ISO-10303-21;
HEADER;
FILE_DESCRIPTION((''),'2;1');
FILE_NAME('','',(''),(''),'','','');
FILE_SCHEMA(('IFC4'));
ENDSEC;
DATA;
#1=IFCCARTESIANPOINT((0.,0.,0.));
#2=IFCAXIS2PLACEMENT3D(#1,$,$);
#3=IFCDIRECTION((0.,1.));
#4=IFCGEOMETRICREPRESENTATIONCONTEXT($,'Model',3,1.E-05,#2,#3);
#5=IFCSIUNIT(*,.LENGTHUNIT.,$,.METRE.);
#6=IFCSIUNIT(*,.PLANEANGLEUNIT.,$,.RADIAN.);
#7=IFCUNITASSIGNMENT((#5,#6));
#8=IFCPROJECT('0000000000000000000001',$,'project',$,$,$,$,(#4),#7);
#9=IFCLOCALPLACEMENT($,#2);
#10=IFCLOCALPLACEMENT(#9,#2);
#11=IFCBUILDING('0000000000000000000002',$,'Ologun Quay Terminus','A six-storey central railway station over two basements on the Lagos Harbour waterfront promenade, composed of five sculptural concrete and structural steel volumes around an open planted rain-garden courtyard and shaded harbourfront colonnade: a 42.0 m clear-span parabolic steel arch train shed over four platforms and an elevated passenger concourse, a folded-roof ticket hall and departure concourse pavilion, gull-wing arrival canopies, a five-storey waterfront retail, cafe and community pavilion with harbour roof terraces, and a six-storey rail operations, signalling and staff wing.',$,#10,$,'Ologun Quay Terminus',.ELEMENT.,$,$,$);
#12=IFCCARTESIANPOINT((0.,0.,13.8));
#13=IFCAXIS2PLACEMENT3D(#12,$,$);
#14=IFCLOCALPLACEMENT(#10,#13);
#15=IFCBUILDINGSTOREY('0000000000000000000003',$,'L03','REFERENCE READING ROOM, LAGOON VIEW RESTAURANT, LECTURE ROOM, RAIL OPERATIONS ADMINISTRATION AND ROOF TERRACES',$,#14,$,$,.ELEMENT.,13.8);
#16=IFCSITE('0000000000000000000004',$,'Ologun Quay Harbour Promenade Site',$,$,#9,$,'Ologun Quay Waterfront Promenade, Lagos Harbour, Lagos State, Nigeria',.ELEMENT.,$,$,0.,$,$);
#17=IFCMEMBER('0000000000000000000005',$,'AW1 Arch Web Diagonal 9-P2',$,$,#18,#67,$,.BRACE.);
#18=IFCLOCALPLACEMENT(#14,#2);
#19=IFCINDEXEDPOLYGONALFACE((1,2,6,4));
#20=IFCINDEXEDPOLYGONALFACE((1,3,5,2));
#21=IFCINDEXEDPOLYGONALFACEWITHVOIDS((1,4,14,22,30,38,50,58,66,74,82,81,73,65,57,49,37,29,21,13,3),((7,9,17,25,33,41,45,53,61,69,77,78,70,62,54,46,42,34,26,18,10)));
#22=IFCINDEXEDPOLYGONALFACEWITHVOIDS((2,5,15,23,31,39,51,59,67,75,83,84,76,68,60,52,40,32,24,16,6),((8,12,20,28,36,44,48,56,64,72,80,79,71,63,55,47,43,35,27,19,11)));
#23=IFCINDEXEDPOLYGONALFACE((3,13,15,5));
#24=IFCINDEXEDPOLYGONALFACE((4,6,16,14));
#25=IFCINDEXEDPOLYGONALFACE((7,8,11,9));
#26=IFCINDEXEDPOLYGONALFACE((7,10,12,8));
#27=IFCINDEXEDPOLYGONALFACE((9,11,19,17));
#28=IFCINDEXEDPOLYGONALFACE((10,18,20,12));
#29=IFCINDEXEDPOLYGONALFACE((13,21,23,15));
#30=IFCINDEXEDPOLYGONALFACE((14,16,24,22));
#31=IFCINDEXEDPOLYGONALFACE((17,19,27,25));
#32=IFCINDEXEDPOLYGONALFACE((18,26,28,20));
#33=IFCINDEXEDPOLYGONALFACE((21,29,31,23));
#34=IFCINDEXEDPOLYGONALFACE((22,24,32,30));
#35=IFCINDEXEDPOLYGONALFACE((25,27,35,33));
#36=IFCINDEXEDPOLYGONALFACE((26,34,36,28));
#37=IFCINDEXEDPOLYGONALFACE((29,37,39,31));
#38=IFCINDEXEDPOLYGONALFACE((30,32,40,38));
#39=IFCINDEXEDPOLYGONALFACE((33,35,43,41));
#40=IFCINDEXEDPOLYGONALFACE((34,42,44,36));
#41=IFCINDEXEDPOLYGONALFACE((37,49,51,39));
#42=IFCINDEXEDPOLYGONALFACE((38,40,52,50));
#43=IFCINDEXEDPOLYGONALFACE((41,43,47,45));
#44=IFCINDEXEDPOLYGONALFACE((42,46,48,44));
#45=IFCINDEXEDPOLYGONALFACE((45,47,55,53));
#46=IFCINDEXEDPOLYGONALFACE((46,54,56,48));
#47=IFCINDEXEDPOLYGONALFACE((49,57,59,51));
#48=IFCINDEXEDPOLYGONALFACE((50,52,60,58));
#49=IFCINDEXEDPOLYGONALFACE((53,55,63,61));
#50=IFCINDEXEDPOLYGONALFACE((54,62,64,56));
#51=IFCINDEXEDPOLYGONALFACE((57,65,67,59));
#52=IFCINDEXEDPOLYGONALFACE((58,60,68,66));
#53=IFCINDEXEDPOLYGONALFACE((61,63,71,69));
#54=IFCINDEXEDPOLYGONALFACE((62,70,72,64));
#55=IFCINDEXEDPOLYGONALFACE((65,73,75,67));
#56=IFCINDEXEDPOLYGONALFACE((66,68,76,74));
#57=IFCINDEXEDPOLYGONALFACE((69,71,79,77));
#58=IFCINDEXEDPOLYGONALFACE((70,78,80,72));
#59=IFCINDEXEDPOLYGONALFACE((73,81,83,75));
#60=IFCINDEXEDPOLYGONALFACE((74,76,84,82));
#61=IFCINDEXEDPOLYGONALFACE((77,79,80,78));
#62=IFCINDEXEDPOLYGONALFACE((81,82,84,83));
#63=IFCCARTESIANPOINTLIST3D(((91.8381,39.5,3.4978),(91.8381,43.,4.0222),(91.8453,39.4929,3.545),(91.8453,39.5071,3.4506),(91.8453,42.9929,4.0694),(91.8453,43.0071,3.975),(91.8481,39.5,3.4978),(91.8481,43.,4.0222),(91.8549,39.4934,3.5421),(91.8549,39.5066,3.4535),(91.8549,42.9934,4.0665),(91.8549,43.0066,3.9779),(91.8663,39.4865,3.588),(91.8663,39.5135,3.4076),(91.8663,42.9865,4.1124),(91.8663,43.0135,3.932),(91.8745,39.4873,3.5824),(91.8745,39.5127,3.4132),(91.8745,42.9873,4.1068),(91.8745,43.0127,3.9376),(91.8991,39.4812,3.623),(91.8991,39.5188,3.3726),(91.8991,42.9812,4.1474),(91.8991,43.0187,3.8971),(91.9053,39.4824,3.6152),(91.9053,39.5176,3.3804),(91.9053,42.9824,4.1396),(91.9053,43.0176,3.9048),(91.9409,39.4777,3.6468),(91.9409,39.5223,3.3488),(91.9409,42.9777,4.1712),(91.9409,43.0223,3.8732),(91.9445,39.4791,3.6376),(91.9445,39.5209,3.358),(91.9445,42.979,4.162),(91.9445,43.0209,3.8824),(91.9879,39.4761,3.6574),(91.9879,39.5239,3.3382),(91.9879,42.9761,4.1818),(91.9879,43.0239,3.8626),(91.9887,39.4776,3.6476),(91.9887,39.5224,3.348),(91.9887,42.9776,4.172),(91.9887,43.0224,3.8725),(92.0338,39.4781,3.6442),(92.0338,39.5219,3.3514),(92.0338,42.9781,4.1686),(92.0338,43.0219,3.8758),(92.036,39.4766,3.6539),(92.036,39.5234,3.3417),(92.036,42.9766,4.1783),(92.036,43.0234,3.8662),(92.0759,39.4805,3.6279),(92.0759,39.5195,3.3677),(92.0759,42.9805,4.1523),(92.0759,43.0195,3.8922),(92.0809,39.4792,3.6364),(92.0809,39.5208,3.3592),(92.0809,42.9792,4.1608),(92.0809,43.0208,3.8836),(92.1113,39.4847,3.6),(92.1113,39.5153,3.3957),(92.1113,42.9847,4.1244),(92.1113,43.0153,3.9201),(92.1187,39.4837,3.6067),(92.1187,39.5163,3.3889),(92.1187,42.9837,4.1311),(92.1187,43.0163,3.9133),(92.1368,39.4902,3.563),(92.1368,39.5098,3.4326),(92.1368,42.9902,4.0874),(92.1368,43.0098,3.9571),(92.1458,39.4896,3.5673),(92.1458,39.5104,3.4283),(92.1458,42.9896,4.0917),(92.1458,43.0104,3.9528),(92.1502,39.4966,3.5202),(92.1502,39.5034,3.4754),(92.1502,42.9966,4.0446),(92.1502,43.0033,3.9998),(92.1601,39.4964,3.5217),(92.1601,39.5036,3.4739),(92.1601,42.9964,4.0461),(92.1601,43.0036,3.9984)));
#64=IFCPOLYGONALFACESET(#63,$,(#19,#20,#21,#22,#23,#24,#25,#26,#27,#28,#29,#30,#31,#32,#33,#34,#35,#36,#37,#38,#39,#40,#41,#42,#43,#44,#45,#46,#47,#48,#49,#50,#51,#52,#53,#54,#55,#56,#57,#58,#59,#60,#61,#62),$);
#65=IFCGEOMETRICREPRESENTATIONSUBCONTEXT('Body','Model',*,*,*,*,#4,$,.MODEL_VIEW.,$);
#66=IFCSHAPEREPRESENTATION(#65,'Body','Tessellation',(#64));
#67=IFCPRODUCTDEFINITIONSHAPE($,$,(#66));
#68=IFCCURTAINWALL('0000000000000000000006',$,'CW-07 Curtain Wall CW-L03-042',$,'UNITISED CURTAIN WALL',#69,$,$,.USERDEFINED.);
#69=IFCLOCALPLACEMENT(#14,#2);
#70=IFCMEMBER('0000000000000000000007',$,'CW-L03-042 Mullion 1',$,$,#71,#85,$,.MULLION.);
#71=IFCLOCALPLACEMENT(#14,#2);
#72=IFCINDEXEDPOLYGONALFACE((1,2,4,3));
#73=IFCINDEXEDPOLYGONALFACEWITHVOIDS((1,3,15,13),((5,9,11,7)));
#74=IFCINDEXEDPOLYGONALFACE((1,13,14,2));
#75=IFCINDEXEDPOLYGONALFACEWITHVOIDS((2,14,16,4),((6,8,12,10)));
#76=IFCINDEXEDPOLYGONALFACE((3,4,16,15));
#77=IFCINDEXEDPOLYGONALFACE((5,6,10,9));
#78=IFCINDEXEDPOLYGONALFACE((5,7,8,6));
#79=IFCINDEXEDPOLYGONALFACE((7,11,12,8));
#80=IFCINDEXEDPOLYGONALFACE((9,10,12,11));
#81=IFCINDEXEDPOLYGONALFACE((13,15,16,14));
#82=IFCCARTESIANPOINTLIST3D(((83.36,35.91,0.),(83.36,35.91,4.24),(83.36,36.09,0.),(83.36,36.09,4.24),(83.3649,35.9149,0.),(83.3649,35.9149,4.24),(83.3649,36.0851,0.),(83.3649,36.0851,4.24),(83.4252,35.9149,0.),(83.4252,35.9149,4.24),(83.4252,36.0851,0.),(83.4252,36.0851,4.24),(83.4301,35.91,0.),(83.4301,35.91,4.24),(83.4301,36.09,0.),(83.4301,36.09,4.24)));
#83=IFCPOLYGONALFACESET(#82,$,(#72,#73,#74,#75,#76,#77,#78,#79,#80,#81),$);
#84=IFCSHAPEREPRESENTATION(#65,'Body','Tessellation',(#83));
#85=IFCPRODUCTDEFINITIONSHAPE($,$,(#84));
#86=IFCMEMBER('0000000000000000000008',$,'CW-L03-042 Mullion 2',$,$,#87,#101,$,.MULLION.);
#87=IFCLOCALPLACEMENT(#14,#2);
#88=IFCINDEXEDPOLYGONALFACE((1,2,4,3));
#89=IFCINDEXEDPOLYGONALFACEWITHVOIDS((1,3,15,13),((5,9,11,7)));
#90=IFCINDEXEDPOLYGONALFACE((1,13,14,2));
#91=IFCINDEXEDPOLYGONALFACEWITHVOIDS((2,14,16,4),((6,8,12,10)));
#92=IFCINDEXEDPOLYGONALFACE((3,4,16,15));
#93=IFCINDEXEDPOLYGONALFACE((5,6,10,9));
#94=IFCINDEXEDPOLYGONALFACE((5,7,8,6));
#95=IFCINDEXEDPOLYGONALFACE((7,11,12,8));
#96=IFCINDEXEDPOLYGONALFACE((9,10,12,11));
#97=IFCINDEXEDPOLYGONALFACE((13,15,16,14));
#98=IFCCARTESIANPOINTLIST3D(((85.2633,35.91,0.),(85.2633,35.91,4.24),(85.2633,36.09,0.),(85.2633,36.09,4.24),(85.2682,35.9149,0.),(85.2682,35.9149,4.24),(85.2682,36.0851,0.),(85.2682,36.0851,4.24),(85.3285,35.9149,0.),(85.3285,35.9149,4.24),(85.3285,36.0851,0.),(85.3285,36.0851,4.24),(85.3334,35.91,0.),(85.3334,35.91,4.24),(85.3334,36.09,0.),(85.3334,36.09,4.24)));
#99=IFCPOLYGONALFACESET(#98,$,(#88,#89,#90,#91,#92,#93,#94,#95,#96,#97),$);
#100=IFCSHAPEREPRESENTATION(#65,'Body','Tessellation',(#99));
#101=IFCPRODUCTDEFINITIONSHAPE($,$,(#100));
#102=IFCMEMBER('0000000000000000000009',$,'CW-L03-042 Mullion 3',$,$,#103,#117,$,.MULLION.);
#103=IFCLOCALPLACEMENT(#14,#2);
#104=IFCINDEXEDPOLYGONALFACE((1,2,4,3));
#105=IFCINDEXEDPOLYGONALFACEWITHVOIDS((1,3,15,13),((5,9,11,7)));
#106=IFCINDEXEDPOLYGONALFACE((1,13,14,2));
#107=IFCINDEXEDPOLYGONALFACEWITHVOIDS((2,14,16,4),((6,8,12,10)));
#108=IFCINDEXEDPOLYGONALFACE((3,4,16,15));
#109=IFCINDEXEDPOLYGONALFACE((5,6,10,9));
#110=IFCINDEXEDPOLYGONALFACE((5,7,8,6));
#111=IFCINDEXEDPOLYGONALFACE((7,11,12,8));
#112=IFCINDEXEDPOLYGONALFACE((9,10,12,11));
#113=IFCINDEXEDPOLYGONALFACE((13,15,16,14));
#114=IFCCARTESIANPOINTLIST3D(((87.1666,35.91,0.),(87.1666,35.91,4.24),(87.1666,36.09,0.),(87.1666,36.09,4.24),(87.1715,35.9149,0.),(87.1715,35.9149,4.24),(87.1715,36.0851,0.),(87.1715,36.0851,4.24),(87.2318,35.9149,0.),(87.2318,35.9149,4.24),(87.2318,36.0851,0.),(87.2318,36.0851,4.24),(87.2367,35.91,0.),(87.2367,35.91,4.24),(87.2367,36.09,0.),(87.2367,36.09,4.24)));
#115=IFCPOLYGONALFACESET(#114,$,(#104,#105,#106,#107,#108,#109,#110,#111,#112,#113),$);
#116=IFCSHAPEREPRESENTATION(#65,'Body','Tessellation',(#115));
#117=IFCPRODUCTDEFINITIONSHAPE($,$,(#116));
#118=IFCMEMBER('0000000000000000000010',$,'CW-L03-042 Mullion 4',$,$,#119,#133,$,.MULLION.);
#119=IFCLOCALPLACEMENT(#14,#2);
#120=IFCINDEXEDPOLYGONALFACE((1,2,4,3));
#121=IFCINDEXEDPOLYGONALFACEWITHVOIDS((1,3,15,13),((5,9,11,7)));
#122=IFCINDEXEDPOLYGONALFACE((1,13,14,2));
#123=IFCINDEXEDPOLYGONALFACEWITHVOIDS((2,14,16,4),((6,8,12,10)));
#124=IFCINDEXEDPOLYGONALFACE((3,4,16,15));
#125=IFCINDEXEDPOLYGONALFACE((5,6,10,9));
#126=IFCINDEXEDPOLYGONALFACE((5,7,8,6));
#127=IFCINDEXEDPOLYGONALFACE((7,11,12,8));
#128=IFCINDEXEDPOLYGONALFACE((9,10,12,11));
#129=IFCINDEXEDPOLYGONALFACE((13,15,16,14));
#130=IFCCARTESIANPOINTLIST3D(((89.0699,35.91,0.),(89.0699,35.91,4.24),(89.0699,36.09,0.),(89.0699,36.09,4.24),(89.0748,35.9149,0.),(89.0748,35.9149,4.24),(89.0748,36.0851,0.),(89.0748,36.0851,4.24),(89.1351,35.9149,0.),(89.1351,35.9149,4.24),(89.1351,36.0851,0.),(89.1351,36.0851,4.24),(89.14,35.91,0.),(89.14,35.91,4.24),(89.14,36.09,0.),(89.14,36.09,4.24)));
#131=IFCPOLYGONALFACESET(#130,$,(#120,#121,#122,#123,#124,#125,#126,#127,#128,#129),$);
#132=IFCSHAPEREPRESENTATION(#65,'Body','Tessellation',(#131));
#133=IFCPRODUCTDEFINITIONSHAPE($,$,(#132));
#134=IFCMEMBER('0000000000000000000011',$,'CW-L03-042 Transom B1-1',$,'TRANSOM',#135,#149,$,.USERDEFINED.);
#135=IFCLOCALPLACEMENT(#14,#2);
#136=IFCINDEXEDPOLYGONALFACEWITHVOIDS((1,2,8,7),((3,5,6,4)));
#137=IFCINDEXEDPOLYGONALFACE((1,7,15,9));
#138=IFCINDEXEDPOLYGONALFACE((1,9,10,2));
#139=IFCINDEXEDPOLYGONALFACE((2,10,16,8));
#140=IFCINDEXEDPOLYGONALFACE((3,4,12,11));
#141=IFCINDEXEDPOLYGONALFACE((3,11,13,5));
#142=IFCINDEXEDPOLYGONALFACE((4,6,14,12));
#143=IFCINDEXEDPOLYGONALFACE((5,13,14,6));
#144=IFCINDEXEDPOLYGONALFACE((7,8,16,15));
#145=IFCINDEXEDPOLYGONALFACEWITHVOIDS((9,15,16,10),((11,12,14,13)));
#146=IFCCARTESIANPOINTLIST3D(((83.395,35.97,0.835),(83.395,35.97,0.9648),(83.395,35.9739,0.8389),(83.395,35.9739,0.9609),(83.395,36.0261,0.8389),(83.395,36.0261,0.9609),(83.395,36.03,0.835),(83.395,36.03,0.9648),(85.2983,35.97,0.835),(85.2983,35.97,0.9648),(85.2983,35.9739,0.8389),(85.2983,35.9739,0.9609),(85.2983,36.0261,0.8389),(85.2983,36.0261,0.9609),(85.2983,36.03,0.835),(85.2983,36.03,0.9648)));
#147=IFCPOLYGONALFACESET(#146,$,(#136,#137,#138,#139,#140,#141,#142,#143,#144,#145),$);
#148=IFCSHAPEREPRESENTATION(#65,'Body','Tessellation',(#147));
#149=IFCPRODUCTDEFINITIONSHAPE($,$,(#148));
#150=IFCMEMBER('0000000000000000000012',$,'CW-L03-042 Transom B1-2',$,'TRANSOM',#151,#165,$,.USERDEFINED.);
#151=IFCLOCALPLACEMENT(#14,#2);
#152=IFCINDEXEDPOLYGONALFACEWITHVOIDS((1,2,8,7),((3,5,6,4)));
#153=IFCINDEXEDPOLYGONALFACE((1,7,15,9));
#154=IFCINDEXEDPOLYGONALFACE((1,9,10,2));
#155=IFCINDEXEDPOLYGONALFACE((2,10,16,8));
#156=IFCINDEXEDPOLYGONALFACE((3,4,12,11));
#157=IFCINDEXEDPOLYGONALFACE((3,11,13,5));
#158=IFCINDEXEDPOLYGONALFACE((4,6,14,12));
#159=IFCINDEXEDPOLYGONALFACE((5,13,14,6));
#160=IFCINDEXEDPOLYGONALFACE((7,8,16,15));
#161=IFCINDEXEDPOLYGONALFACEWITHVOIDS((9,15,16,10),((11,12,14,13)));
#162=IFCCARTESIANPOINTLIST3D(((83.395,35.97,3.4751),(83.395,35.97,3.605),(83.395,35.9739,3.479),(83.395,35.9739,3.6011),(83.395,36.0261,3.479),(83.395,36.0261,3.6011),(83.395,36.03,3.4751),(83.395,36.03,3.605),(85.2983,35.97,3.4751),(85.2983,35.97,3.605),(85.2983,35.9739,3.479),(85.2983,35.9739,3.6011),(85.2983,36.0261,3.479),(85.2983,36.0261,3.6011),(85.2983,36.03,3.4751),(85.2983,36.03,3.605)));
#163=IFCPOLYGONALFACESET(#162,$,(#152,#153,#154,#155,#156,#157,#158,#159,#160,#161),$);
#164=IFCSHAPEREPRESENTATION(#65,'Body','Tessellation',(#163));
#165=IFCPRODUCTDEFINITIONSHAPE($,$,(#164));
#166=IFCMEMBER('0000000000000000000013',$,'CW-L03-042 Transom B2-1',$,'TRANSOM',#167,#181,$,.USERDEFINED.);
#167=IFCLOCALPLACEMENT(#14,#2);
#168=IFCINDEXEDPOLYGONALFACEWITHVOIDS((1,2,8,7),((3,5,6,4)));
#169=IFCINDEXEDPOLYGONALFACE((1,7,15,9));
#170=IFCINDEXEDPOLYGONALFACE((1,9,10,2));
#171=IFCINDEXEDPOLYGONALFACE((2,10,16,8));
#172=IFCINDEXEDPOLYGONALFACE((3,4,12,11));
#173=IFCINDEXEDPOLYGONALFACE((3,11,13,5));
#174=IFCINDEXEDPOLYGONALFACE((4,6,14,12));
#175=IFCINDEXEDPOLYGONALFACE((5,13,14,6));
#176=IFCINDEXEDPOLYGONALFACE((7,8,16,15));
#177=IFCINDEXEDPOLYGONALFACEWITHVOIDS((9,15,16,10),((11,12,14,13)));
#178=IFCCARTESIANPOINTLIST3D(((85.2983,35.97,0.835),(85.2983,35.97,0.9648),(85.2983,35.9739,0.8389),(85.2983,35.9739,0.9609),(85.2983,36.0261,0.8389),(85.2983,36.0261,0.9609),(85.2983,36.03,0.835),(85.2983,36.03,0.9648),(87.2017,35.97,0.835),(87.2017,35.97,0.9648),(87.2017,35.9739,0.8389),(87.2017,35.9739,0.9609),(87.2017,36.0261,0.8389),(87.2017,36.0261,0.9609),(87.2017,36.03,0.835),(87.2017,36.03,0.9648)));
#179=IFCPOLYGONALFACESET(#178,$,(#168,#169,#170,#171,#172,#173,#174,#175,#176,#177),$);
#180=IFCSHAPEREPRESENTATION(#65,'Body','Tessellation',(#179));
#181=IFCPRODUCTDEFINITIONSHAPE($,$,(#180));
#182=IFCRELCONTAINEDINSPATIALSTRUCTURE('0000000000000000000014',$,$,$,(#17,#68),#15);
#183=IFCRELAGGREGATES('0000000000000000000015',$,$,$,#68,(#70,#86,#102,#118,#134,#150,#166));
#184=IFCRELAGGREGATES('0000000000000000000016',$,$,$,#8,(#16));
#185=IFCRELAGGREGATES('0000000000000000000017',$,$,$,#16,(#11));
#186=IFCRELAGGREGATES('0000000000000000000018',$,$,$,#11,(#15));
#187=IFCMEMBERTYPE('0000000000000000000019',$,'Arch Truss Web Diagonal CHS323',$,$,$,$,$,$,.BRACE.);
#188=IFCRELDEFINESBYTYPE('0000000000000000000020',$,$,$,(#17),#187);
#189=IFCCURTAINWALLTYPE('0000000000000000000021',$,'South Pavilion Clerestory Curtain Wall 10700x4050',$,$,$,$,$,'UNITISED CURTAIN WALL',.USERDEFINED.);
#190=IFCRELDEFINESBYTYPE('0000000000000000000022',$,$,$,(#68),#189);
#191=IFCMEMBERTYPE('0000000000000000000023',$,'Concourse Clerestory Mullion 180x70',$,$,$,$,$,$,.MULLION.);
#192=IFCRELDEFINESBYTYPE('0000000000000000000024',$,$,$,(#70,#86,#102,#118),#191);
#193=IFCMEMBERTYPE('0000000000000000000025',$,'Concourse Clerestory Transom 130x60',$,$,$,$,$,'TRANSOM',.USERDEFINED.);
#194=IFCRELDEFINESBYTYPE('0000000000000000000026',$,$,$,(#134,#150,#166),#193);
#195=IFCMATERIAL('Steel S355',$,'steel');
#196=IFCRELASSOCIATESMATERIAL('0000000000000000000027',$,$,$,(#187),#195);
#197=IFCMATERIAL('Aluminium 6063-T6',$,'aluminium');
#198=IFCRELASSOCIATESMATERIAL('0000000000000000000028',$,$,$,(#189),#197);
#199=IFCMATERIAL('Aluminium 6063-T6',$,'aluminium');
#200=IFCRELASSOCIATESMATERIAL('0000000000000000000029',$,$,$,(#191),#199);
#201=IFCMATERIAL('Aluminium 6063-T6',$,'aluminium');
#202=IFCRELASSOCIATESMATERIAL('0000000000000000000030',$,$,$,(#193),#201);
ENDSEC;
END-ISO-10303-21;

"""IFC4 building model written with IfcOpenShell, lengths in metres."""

from ifc_helpers import new_model, si_unit, direction, frame, origin, origin_2d, place, context, subcontext, project, spatial, hollow_rectangle, hollow_circle, extrude, material, material_profile, profile_set, type_object, element, aggregate, save


model = new_model("IFC4")

# Units and contexts
model_context = context("Model", 3, precision=1e-05, world=origin(), true_north=direction((0.0, 1.0)))
body_context = subcontext(model_context, "Body", "Model", "MODEL_VIEW")
ifc_project = project(units=[si_unit("LENGTHUNIT", "METRE"), si_unit("PLANEANGLEUNIT", "RADIAN")], contexts=[model_context])

# Site, building, storey
site_placement = place(None, origin())
site = spatial("IfcSite", under=ifc_project, at=site_placement, Name="Ologun Quay Harbour Promenade Site", LongName="Ologun Quay Waterfront Promenade, Lagos Harbour, Lagos State, Nigeria", CompositionType="ELEMENT", RefElevation=0.0)
building_placement = place(site_placement, origin())
building = spatial("IfcBuilding", under=site, at=building_placement, Name="Ologun Quay Terminus", Description="A six-storey central railway station over two basements on the Lagos Harbour waterfront promenade, composed of five sculptural concrete and structural steel volumes around an open planted rain-garden courtyard and shaded harbourfront colonnade: a 42.0 m clear-span parabolic steel arch train shed over four platforms and an elevated passenger concourse, a folded-roof ticket hall and departure concourse pavilion, gull-wing arrival canopies, a five-storey waterfront retail, cafe and community pavilion with harbour roof terraces, and a six-storey rail operations, signalling and staff wing.", LongName="Ologun Quay Terminus", CompositionType="ELEMENT")
storey_placement = place(building_placement, frame((0.0, 0.0, 13.8)))
storey = spatial("IfcBuildingStorey", under=building, at=storey_placement, Name="L03", Description="REFERENCE READING ROOM, LAGOON VIEW RESTAURANT, LECTURE ROOM, RAIL OPERATIONS ADMINISTRATION AND ROOF TERRACES", CompositionType="ELEMENT", Elevation=13.8)

# Member
ifc_material_1 = material(Name="Steel S355", Category="steel")
ifc_material_profile_1 = material_profile(ifc_material_1, hollow_circle(Radius=0.1619, WallThickness=0.01, at=origin_2d()), Name="CHS 323.9x10")
ifc_profile_set_1 = profile_set([ifc_material_profile_1], Name="Steel S355")
member_type_1 = type_object("IfcMemberType", Name="Arch Truss Web Diagonal CHS323", PredefinedType="BRACE", material=ifc_profile_set_1)
member_1_placement = place(storey_placement, frame((92.0, 39.5, 3.4978), z_axis=(0.0, 0.988961, 0.148179), x_axis=(-1.0, 0.0, 0.0)))
element("IfcMember", 1, at=member_1_placement, inside=storey, type_object=member_type_1, Name="AW1 Arch Web Diagonal 9-P2", PredefinedType="BRACE", context=body_context, shape_type="SweptSolid", body=[
    extrude(hollow_circle(Radius=0.1619, WallThickness=0.01, at=origin_2d()), origin(), (0.0, 0.0, 1.0), 3.5391),
])

# Curtain wall, members
ifc_material_2 = material(Name="Aluminium 6063-T6", Category="aluminium")
curtain_wall_type = type_object("IfcCurtainWallType", Name="South Pavilion Clerestory Curtain Wall 10700x4050", ElementType="UNITISED CURTAIN WALL", PredefinedType="USERDEFINED", material=ifc_material_2)
curtain_wall_placement = place(storey_placement, origin())
curtain_wall = element("IfcCurtainWall", 2, at=curtain_wall_placement, inside=storey, type_object=curtain_wall_type, Name="CW-07 Curtain Wall CW-L03-042", ObjectType="UNITISED CURTAIN WALL", PredefinedType="USERDEFINED")
ifc_material_3 = material(Name="Aluminium 6063-T6", Category="aluminium")
ifc_material_profile_2 = material_profile(ifc_material_3, hollow_rectangle(XDim=0.0701, YDim=0.1799, WallThickness=0.0049, at=origin_2d()), Name="ALU 180x70x5")
ifc_profile_set_2 = profile_set([ifc_material_profile_2], Name="Aluminium 6063-T6")
member_type_2 = type_object("IfcMemberType", Name="Concourse Clerestory Mullion 180x70", PredefinedType="MULLION", material=ifc_profile_set_2)
member_2_placement = place(storey_placement, frame((83.395, 36.0, 0.0), z_axis=(0.0, 0.0, 1.0), x_axis=(1.0, 0.0, 0.0)))
member_2 = element("IfcMember", 3, at=member_2_placement, type_object=member_type_2, Name="CW-L03-042 Mullion 1", PredefinedType="MULLION", context=body_context, shape_type="SweptSolid", body=[
    extrude(hollow_rectangle(XDim=0.0701, YDim=0.1799, WallThickness=0.0049, at=origin_2d()), origin(), (0.0, 0.0, 1.0), 4.24),
])
member_3_placement = place(storey_placement, frame((85.2983, 36.0, 0.0), z_axis=(0.0, 0.0, 1.0), x_axis=(1.0, 0.0, 0.0)))
member_3 = element("IfcMember", 4, at=member_3_placement, type_object=member_type_2, Name="CW-L03-042 Mullion 2", PredefinedType="MULLION", context=body_context, shape_type="SweptSolid", body=[
    extrude(hollow_rectangle(XDim=0.0701, YDim=0.1799, WallThickness=0.0049, at=origin_2d()), origin(), (0.0, 0.0, 1.0), 4.24),
])
member_4_placement = place(storey_placement, frame((87.2017, 36.0, 0.0), z_axis=(0.0, 0.0, 1.0), x_axis=(1.0, 0.0, 0.0)))
member_4 = element("IfcMember", 5, at=member_4_placement, type_object=member_type_2, Name="CW-L03-042 Mullion 3", PredefinedType="MULLION", context=body_context, shape_type="SweptSolid", body=[
    extrude(hollow_rectangle(XDim=0.0701, YDim=0.1799, WallThickness=0.0049, at=origin_2d()), origin(), (0.0, 0.0, 1.0), 4.24),
])
member_5_placement = place(storey_placement, frame((89.105, 36.0, 0.0), z_axis=(0.0, 0.0, 1.0), x_axis=(1.0, 0.0, 0.0)))
member_5 = element("IfcMember", 6, at=member_5_placement, type_object=member_type_2, Name="CW-L03-042 Mullion 4", PredefinedType="MULLION", context=body_context, shape_type="SweptSolid", body=[
    extrude(hollow_rectangle(XDim=0.0701, YDim=0.1799, WallThickness=0.0049, at=origin_2d()), origin(), (0.0, 0.0, 1.0), 4.24),
])
ifc_material_4 = material(Name="Aluminium 6063-T6", Category="aluminium")
ifc_material_profile_3 = material_profile(ifc_material_4, hollow_rectangle(XDim=0.0601, YDim=0.1299, WallThickness=0.0039, at=origin_2d()), Name="ALU 130x60x4")
ifc_profile_set_3 = profile_set([ifc_material_profile_3], Name="Aluminium 6063-T6")
member_type_3 = type_object("IfcMemberType", Name="Concourse Clerestory Transom 130x60", ElementType="TRANSOM", PredefinedType="USERDEFINED", material=ifc_profile_set_3)
member_6_placement = place(storey_placement, frame((83.395, 36.0, 0.8999), z_axis=(1.0, 0.0, 0.0), x_axis=(0.0, 1.0, 0.0)))
member_6 = element("IfcMember", 7, at=member_6_placement, type_object=member_type_3, Name="CW-L03-042 Transom B1-1", ObjectType="TRANSOM", PredefinedType="USERDEFINED", context=body_context, shape_type="SweptSolid", body=[
    extrude(hollow_rectangle(XDim=0.0601, YDim=0.1299, WallThickness=0.0039, at=origin_2d()), origin(), (0.0, 0.0, 1.0), 1.9033),
])
member_7_placement = place(storey_placement, frame((83.395, 36.0, 3.54), z_axis=(1.0, 0.0, 0.0), x_axis=(0.0, 1.0, 0.0)))
member_7 = element("IfcMember", 8, at=member_7_placement, type_object=member_type_3, Name="CW-L03-042 Transom B1-2", ObjectType="TRANSOM", PredefinedType="USERDEFINED", context=body_context, shape_type="SweptSolid", body=[
    extrude(hollow_rectangle(XDim=0.0601, YDim=0.1299, WallThickness=0.0039, at=origin_2d()), origin(), (0.0, 0.0, 1.0), 1.9033),
])
member_8_placement = place(storey_placement, frame((85.2983, 36.0, 0.8999), z_axis=(1.0, 0.0, 0.0), x_axis=(0.0, 1.0, 0.0)))
member_8 = element("IfcMember", 9, at=member_8_placement, type_object=member_type_3, Name="CW-L03-042 Transom B2-1", ObjectType="TRANSOM", PredefinedType="USERDEFINED", context=body_context, shape_type="SweptSolid", body=[
    extrude(hollow_rectangle(XDim=0.0601, YDim=0.1299, WallThickness=0.0039, at=origin_2d()), origin(), (0.0, 0.0, 1.0), 1.9033),
])

aggregate(curtain_wall, [member_2, member_3, member_4, member_5, member_6, member_7, member_8])

save(model, "model.ifc")
